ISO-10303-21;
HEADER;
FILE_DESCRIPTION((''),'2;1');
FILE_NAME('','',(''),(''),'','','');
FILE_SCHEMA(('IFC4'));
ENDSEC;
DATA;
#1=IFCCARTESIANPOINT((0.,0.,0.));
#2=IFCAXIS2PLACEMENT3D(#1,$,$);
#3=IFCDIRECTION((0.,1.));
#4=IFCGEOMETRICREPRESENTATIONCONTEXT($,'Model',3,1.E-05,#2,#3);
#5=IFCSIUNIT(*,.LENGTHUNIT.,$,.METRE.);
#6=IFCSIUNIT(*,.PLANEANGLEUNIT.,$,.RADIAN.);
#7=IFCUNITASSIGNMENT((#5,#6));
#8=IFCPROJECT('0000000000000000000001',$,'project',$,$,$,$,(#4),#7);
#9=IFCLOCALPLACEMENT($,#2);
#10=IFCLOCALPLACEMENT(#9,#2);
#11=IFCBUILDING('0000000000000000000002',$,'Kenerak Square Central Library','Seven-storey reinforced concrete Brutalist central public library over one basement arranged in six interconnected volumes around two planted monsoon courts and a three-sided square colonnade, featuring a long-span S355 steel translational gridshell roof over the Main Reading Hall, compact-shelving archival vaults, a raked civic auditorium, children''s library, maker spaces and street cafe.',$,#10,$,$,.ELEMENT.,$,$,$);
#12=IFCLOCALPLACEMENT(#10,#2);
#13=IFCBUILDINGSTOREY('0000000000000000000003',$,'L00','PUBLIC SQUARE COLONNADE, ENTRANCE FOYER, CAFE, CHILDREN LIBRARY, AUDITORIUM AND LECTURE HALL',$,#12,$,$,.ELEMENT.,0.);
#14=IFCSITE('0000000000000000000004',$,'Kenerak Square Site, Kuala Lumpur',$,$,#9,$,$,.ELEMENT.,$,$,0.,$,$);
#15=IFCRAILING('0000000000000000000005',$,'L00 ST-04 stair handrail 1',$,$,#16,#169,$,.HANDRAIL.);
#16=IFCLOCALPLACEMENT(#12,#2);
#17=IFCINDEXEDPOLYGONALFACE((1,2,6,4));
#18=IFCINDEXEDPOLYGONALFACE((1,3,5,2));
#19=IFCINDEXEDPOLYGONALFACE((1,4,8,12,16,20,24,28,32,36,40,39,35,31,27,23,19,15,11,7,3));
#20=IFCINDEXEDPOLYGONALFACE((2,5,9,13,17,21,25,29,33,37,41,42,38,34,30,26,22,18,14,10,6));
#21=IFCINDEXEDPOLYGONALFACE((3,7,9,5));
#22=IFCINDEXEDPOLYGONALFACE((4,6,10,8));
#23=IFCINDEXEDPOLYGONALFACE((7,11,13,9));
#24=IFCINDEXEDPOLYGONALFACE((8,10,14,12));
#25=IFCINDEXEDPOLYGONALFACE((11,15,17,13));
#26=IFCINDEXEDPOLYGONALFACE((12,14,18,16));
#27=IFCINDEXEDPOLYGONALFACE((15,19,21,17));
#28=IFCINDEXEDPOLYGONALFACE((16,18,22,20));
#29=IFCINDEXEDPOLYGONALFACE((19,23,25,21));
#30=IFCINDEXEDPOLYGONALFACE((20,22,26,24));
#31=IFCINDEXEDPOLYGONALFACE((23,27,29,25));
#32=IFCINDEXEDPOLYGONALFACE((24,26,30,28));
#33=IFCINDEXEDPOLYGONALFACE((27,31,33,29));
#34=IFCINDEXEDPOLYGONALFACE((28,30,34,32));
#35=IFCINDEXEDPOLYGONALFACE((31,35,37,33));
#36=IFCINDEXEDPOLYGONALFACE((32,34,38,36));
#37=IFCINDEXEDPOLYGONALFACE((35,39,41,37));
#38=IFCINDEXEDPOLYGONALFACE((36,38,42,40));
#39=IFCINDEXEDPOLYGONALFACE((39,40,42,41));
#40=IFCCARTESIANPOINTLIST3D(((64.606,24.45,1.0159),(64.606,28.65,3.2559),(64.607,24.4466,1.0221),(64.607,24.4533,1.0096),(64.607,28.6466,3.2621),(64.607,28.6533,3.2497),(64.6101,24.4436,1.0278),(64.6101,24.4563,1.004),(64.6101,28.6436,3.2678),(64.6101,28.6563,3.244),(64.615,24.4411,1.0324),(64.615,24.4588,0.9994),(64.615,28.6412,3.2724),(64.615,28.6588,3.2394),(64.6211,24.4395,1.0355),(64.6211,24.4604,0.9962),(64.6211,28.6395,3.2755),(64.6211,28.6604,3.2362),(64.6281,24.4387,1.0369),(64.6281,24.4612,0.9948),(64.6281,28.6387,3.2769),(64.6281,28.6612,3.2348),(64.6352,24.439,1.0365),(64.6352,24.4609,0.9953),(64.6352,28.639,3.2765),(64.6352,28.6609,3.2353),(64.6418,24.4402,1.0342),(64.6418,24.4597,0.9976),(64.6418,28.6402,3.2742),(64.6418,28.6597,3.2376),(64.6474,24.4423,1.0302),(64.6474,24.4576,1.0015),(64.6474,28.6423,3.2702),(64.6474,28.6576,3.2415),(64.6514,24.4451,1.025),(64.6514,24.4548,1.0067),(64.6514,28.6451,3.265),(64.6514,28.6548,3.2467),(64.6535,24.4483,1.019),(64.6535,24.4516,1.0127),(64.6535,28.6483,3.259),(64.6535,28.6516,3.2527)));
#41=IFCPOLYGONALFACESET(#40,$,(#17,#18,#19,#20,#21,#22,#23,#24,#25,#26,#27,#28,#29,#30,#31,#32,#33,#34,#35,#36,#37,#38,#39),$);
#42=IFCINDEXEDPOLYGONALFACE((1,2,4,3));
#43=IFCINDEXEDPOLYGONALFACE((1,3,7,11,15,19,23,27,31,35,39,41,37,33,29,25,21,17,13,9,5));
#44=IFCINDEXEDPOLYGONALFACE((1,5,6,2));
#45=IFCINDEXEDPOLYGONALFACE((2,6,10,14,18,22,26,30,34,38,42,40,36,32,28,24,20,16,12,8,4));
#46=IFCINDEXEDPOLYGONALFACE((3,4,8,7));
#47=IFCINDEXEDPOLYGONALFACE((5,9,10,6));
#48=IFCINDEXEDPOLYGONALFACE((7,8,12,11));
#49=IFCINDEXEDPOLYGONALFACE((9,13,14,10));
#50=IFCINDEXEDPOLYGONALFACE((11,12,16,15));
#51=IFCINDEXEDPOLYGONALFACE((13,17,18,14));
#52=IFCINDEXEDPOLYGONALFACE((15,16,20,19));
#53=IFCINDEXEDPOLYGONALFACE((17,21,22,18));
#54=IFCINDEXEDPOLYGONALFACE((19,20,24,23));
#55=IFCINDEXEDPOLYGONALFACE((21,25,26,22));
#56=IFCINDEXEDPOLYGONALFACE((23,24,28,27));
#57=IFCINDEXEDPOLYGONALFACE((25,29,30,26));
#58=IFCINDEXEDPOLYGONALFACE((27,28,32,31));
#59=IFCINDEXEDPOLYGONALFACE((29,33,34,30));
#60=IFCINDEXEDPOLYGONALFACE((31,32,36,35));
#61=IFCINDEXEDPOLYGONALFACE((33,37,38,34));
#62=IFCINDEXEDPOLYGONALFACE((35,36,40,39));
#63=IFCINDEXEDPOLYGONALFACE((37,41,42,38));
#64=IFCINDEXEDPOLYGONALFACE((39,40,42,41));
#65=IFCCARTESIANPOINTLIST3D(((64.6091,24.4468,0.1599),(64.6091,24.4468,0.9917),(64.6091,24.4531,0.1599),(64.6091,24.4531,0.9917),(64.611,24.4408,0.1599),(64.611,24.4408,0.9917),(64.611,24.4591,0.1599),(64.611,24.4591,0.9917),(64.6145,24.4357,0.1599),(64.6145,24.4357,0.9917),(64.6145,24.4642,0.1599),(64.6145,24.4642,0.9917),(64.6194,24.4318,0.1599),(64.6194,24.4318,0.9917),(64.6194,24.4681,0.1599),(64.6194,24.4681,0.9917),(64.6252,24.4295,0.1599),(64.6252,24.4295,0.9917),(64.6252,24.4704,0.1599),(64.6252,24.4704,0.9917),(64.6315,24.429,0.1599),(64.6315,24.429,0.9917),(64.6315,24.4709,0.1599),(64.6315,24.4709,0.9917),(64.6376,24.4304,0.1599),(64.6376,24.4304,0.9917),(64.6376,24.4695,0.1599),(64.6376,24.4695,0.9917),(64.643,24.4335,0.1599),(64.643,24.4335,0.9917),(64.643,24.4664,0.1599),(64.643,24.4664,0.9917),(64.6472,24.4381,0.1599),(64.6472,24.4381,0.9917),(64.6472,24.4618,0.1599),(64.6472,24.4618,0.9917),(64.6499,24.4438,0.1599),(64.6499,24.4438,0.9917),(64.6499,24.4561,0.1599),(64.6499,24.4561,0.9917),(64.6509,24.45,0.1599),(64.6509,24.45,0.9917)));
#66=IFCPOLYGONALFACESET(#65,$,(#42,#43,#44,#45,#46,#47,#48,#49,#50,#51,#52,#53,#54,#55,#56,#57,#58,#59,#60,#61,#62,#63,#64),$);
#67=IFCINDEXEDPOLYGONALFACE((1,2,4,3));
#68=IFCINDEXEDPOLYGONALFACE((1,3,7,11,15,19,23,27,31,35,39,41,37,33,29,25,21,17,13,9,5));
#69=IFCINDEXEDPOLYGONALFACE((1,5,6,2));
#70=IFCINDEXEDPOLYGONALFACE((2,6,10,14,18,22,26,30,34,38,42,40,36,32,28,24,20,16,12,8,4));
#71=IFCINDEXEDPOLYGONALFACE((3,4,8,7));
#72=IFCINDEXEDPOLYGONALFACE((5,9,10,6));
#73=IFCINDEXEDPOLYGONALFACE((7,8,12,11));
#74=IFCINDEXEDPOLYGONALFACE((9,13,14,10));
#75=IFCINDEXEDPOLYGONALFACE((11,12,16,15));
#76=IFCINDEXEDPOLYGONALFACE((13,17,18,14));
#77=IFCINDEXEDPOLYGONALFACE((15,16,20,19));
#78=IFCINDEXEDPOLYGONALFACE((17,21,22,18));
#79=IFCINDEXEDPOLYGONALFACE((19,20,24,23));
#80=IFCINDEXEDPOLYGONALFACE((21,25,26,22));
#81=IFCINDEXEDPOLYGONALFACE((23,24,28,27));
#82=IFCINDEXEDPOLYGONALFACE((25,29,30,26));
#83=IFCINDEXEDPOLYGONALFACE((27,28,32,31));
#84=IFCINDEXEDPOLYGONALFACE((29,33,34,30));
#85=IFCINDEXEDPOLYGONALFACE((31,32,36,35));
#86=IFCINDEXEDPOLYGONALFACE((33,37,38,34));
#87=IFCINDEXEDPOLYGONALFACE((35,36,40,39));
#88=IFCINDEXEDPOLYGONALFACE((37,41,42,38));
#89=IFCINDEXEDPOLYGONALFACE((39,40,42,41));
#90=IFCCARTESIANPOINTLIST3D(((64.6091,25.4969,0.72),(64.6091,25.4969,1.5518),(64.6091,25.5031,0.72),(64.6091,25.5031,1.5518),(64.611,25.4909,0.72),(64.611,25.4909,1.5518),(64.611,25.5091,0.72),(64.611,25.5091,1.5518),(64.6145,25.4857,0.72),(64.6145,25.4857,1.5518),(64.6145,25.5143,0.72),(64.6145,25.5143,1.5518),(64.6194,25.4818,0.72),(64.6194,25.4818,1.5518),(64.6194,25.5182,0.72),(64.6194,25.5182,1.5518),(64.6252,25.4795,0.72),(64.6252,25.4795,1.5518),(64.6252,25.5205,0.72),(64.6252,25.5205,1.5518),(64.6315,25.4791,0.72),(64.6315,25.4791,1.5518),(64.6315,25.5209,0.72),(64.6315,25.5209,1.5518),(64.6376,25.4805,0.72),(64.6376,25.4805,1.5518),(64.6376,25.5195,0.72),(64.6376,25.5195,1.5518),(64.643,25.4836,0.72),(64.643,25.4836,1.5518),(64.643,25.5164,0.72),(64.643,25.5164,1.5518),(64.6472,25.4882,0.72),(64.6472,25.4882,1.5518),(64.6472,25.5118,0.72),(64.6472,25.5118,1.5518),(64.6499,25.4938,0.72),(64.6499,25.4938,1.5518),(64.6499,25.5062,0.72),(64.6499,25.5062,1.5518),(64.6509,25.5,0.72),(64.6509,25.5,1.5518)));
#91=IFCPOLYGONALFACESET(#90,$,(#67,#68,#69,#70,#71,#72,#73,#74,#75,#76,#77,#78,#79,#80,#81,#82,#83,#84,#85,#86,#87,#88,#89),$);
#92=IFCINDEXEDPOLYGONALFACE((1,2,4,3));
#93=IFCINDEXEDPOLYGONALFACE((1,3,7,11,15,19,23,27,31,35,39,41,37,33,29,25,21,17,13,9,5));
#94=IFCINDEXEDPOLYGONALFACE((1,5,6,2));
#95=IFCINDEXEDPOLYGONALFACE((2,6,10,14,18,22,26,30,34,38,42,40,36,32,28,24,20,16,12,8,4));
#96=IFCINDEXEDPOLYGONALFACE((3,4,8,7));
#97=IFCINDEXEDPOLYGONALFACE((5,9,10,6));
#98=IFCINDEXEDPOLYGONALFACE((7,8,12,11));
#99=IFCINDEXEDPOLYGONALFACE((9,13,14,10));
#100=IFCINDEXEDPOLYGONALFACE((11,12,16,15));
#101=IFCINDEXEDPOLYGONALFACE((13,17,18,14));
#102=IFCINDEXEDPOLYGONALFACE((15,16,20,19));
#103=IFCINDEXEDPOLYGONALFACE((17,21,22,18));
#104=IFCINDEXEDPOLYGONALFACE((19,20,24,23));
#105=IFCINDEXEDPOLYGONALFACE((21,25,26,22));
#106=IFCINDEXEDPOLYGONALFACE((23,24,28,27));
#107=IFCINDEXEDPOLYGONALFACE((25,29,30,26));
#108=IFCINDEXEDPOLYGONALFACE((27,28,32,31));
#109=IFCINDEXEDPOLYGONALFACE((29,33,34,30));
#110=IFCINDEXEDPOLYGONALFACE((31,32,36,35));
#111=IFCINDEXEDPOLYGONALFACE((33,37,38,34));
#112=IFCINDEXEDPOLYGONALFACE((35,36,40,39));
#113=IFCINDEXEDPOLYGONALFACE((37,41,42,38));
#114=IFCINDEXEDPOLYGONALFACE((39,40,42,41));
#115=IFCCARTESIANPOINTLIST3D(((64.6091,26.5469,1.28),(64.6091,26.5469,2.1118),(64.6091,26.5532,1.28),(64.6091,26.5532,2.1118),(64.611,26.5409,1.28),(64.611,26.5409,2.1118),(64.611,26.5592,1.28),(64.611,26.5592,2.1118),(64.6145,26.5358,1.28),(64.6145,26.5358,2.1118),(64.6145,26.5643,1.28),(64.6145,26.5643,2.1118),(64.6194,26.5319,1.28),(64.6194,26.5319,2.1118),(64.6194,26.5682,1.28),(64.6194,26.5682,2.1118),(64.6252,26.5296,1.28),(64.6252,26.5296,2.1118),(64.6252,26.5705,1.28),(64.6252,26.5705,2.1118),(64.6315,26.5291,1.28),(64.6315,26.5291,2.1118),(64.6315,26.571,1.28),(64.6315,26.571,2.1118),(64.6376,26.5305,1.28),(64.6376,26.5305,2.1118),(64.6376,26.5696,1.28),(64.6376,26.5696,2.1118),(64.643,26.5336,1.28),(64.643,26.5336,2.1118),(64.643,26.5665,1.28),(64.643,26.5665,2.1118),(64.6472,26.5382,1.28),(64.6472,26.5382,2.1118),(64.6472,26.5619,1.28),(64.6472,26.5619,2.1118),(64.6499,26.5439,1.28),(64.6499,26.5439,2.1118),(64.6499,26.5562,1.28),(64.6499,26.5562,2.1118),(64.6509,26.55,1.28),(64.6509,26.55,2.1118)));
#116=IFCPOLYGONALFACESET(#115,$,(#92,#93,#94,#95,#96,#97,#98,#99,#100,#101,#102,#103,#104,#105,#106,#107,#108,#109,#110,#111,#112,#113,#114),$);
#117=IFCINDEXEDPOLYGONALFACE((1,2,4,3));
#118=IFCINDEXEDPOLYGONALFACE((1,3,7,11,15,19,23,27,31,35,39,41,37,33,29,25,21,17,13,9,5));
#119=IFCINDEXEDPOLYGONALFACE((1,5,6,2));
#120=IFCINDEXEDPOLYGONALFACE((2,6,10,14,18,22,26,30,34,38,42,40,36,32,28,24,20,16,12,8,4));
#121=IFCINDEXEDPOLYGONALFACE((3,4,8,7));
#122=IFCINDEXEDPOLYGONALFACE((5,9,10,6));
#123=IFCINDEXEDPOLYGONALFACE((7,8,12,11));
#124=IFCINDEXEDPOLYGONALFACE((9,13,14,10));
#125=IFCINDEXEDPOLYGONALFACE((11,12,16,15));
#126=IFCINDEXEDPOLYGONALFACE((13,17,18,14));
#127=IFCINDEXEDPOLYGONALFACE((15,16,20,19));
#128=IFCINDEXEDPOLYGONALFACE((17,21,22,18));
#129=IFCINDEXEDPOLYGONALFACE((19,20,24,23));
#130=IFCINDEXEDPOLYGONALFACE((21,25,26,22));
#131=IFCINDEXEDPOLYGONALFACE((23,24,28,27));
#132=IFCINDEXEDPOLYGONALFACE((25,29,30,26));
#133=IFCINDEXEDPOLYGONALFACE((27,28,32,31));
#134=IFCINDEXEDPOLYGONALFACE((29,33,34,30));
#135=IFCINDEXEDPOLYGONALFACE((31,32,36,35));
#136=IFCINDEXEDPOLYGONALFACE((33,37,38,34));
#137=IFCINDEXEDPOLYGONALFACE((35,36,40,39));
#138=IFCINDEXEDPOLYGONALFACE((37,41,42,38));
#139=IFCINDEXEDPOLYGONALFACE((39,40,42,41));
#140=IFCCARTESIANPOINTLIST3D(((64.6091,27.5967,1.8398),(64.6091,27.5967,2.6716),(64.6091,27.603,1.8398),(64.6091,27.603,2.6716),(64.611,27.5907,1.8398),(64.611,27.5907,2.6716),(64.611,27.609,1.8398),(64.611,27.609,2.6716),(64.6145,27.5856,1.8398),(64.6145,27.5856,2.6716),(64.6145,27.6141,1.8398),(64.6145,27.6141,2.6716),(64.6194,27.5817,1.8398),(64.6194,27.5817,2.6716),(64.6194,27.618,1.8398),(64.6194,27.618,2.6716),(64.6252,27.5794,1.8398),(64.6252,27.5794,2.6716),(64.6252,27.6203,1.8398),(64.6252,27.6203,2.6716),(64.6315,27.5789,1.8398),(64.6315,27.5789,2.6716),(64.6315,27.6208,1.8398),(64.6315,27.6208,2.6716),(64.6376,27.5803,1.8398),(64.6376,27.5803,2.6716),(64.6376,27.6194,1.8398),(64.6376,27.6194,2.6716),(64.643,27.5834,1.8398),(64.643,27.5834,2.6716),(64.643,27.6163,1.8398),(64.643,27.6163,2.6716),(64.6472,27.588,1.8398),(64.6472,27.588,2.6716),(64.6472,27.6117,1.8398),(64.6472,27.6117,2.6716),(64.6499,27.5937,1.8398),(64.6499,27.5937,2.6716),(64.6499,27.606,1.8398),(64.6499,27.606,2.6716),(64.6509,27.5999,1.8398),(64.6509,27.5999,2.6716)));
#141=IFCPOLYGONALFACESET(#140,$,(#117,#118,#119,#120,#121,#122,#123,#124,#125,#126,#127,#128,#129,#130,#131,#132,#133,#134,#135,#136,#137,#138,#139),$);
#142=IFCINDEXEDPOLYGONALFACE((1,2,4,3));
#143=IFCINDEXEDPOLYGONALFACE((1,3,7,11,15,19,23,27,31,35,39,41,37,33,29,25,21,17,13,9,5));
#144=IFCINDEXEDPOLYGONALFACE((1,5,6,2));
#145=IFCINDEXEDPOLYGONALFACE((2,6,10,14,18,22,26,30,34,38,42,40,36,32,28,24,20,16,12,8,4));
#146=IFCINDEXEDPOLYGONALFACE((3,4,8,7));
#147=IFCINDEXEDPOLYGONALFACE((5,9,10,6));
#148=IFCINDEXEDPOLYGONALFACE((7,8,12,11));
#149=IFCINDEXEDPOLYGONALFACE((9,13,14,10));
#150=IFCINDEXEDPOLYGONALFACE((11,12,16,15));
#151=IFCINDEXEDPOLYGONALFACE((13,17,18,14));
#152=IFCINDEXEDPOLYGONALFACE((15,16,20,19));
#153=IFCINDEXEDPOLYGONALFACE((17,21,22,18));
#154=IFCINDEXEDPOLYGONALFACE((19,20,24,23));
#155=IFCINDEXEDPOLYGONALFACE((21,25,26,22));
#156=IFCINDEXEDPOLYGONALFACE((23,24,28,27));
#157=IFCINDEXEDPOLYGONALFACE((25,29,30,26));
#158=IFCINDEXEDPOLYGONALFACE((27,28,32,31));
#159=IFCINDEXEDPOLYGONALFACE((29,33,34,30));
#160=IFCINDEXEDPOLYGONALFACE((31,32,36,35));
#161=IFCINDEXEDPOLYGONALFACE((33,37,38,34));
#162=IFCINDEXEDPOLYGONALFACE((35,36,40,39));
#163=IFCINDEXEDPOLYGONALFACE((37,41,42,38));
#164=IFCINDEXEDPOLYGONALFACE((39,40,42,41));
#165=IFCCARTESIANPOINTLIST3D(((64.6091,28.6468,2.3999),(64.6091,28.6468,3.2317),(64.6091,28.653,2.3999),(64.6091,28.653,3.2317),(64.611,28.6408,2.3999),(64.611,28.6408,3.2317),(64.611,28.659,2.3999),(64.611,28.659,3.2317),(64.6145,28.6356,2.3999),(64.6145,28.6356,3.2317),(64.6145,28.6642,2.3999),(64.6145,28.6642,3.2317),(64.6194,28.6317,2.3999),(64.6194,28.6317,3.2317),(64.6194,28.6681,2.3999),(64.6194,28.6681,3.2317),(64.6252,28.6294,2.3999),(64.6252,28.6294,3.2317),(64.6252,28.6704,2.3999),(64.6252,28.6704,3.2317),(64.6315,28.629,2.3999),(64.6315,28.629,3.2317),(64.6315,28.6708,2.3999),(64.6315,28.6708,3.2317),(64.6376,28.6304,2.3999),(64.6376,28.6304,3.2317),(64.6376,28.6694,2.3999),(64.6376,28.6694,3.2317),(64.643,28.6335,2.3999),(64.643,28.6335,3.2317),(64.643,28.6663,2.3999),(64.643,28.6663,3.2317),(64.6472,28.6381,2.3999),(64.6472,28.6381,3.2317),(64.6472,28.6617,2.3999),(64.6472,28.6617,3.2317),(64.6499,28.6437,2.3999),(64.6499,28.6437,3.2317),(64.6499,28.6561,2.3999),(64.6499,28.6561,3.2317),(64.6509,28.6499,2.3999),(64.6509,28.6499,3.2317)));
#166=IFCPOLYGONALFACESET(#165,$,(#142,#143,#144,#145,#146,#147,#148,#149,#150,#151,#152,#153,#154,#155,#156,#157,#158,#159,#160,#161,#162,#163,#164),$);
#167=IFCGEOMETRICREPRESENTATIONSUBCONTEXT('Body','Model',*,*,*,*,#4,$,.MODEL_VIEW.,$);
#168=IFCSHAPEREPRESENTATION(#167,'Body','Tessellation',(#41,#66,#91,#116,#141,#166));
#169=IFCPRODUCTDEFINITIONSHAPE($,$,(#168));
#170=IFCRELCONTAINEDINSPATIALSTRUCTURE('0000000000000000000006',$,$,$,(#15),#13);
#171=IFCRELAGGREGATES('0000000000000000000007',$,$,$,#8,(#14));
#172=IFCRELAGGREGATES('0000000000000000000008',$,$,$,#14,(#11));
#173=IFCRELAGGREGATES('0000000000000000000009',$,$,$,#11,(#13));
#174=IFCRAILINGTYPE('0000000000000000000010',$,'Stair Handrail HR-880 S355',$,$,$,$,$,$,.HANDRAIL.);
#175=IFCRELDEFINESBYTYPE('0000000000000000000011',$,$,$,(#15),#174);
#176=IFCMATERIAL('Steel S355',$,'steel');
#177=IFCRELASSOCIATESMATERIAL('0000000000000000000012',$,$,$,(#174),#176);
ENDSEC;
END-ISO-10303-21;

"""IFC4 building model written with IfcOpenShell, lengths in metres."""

from ifc_helpers import new_model, si_unit, direction, frame, origin, origin_2d, place, context, subcontext, project, spatial, circle, extrude, material, type_object, element, save


model = new_model("IFC4")

# Units and contexts
model_context = context("Model", 3, precision=1e-05, world=origin(), true_north=direction((0.0, 1.0)))
body_context = subcontext(model_context, "Body", "Model", "MODEL_VIEW")
ifc_project = project(units=[si_unit("LENGTHUNIT", "METRE"), si_unit("PLANEANGLEUNIT", "RADIAN")], contexts=[model_context])

# Site, building, storey
site_placement = place(None, origin())
site = spatial("IfcSite", under=ifc_project, at=site_placement, Name="Kenerak Square Site, Kuala Lumpur", CompositionType="ELEMENT", RefElevation=0.0)
building_placement = place(site_placement, origin())
building = spatial("IfcBuilding", under=site, at=building_placement, Name="Kenerak Square Central Library", Description="Seven-storey reinforced concrete Brutalist central public library over one basement arranged in six interconnected volumes around two planted monsoon courts and a three-sided square colonnade, featuring a long-span S355 steel translational gridshell roof over the Main Reading Hall, compact-shelving archival vaults, a raked civic auditorium, children's library, maker spaces and street cafe.", CompositionType="ELEMENT")
storey_placement = place(building_placement, origin())
storey = spatial("IfcBuildingStorey", under=building, at=storey_placement, Name="L00", Description="PUBLIC SQUARE COLONNADE, ENTRANCE FOYER, CAFE, CHILDREN LIBRARY, AUDITORIUM AND LECTURE HALL", CompositionType="ELEMENT", Elevation=0.0)

# Railing
ifc_material_1 = material(Name="Steel S355", Category="steel")
railing_type_1 = type_object("IfcRailingType", Name="Stair Handrail HR-880 S355", PredefinedType="HANDRAIL", material=ifc_material_1)
railing_1_placement = place(storey_placement, frame((64.6299, 24.45, 0.1599)))
element("IfcRailing", 1, at=railing_1_placement, inside=storey, type_object=railing_type_1, Name="L00 ST-04 stair handrail 1", PredefinedType="HANDRAIL", context=body_context, shape_type="SweptSolid", body=[
    extrude(circle(Radius=0.0239, at=origin_2d()), frame((0.0, 0.0, 0.856), z_axis=(0.0, 0.882352, 0.470591), x_axis=(-1.0, 0.0, 0.0)), (0.0, 0.0, 1.0), 4.76),
    extrude(circle(Radius=0.021, at=origin_2d()), origin(), (0.0, 0.0, 1.0), 0.8318),
    extrude(circle(Radius=0.021, at=origin_2d()), frame((0.0, 1.05, 0.5601)), (0.0, 0.0, 1.0), 0.8318),
    extrude(circle(Radius=0.021, at=origin_2d()), frame((0.0, 2.1001, 1.1201)), (0.0, 0.0, 1.0), 0.8318),
    extrude(circle(Radius=0.021, at=origin_2d()), frame((0.0, 3.1499, 1.6799)), (0.0, 0.0, 1.0), 0.8318),
    extrude(circle(Radius=0.021, at=origin_2d()), frame((0.0, 4.2, 2.24)), (0.0, 0.0, 1.0), 0.8318),
])

save(model, "model.ifc")
